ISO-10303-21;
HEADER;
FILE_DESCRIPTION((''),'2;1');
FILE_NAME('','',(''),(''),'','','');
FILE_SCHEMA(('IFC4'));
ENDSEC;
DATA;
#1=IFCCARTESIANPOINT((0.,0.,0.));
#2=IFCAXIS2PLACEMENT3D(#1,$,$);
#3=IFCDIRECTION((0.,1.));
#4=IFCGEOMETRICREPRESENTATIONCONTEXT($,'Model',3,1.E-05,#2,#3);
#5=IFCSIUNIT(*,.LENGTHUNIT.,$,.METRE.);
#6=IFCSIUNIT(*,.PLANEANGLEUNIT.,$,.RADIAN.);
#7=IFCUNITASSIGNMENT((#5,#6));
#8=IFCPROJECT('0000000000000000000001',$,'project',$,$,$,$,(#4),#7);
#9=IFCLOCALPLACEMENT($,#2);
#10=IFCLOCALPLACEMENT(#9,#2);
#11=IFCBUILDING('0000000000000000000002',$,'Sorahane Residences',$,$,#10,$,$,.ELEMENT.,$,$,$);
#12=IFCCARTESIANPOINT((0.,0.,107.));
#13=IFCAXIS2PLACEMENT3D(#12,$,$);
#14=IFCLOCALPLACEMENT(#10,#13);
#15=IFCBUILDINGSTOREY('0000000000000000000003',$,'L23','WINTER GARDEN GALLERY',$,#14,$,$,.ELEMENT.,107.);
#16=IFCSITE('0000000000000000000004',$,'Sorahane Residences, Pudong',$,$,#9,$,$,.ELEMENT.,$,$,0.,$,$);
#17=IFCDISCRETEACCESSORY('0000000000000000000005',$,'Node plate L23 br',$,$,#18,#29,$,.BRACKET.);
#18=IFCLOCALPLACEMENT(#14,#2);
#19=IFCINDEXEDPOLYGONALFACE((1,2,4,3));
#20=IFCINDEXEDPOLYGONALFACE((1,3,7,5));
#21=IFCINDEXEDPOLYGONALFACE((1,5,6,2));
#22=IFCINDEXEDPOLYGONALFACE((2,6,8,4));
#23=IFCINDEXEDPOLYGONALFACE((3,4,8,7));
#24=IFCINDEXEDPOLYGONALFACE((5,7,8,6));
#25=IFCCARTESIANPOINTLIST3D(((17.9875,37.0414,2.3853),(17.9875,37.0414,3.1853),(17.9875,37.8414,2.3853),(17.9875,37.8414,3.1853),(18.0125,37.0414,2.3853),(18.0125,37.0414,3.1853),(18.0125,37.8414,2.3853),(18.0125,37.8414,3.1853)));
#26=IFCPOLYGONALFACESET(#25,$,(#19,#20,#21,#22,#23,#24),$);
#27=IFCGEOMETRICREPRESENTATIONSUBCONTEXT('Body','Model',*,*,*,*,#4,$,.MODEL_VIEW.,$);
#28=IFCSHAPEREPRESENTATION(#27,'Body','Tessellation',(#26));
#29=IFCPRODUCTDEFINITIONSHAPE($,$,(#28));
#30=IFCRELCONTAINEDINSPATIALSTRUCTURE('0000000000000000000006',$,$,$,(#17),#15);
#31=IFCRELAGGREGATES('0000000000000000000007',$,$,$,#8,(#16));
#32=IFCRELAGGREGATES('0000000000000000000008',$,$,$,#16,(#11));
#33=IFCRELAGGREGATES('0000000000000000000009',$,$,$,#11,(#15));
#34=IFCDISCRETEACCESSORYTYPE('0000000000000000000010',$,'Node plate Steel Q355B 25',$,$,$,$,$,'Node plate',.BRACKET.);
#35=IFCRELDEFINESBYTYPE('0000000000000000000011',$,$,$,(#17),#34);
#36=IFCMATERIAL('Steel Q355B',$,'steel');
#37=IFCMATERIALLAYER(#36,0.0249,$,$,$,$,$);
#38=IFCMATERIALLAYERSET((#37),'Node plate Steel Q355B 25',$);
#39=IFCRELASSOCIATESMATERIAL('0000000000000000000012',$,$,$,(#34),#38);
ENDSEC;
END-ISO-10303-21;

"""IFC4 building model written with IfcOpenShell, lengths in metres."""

from ifc_helpers import new_model, si_unit, direction, frame, origin, origin_2d, place, context, subcontext, project, spatial, rectangle, extrude, material, layer, layer_set, type_object, element, save


model = new_model("IFC4")

# Units and contexts
model_context = context("Model", 3, precision=1e-05, world=origin(), true_north=direction((0.0, 1.0)))
body_context = subcontext(model_context, "Body", "Model", "MODEL_VIEW")
ifc_project = project(units=[si_unit("LENGTHUNIT", "METRE"), si_unit("PLANEANGLEUNIT", "RADIAN")], contexts=[model_context])

# Site, building, storey
site_placement = place(None, origin())
site = spatial("IfcSite", under=ifc_project, at=site_placement, Name="Sorahane Residences, Pudong", CompositionType="ELEMENT", RefElevation=0.0)
building_placement = place(site_placement, origin())
building = spatial("IfcBuilding", under=site, at=building_placement, Name="Sorahane Residences", CompositionType="ELEMENT")
storey_placement = place(building_placement, frame((0.0, 0.0, 107.0)))
storey = spatial("IfcBuildingStorey", under=building, at=storey_placement, Name="L23", Description="WINTER GARDEN GALLERY", CompositionType="ELEMENT", Elevation=107.0)

# Discrete accessory
ifc_material_1 = material(Name="Steel Q355B", Category="steel")
ifc_layer_1 = layer(ifc_material_1, 0.0249)
ifc_layer_set_1 = layer_set([ifc_layer_1], Name="Node plate Steel Q355B 25")
discrete_accessory_type = type_object("IfcDiscreteAccessoryType", Name="Node plate Steel Q355B 25", ElementType="Node plate", PredefinedType="BRACKET", material=ifc_layer_set_1)
for number, where, z_axis, x_axis, name in (
    (1, (18.0, 37.4414, 2.3853), (0.0, 0.0, 1.0), (0.0, 1.0, 0.0), "Node plate L23 br"),
):
    element("IfcDiscreteAccessory", number, at=place(storey_placement, frame(where, z_axis=z_axis, x_axis=x_axis)), inside=storey, type_object=discrete_accessory_type, Name=name, PredefinedType="BRACKET", context=body_context, shape_type="SweptSolid", body=[
        extrude(rectangle(XDim=0.8, YDim=0.0249, at=origin_2d()), origin(), (0.0, 0.0, 1.0), 0.8),
    ])

save(model, "model.ifc")
